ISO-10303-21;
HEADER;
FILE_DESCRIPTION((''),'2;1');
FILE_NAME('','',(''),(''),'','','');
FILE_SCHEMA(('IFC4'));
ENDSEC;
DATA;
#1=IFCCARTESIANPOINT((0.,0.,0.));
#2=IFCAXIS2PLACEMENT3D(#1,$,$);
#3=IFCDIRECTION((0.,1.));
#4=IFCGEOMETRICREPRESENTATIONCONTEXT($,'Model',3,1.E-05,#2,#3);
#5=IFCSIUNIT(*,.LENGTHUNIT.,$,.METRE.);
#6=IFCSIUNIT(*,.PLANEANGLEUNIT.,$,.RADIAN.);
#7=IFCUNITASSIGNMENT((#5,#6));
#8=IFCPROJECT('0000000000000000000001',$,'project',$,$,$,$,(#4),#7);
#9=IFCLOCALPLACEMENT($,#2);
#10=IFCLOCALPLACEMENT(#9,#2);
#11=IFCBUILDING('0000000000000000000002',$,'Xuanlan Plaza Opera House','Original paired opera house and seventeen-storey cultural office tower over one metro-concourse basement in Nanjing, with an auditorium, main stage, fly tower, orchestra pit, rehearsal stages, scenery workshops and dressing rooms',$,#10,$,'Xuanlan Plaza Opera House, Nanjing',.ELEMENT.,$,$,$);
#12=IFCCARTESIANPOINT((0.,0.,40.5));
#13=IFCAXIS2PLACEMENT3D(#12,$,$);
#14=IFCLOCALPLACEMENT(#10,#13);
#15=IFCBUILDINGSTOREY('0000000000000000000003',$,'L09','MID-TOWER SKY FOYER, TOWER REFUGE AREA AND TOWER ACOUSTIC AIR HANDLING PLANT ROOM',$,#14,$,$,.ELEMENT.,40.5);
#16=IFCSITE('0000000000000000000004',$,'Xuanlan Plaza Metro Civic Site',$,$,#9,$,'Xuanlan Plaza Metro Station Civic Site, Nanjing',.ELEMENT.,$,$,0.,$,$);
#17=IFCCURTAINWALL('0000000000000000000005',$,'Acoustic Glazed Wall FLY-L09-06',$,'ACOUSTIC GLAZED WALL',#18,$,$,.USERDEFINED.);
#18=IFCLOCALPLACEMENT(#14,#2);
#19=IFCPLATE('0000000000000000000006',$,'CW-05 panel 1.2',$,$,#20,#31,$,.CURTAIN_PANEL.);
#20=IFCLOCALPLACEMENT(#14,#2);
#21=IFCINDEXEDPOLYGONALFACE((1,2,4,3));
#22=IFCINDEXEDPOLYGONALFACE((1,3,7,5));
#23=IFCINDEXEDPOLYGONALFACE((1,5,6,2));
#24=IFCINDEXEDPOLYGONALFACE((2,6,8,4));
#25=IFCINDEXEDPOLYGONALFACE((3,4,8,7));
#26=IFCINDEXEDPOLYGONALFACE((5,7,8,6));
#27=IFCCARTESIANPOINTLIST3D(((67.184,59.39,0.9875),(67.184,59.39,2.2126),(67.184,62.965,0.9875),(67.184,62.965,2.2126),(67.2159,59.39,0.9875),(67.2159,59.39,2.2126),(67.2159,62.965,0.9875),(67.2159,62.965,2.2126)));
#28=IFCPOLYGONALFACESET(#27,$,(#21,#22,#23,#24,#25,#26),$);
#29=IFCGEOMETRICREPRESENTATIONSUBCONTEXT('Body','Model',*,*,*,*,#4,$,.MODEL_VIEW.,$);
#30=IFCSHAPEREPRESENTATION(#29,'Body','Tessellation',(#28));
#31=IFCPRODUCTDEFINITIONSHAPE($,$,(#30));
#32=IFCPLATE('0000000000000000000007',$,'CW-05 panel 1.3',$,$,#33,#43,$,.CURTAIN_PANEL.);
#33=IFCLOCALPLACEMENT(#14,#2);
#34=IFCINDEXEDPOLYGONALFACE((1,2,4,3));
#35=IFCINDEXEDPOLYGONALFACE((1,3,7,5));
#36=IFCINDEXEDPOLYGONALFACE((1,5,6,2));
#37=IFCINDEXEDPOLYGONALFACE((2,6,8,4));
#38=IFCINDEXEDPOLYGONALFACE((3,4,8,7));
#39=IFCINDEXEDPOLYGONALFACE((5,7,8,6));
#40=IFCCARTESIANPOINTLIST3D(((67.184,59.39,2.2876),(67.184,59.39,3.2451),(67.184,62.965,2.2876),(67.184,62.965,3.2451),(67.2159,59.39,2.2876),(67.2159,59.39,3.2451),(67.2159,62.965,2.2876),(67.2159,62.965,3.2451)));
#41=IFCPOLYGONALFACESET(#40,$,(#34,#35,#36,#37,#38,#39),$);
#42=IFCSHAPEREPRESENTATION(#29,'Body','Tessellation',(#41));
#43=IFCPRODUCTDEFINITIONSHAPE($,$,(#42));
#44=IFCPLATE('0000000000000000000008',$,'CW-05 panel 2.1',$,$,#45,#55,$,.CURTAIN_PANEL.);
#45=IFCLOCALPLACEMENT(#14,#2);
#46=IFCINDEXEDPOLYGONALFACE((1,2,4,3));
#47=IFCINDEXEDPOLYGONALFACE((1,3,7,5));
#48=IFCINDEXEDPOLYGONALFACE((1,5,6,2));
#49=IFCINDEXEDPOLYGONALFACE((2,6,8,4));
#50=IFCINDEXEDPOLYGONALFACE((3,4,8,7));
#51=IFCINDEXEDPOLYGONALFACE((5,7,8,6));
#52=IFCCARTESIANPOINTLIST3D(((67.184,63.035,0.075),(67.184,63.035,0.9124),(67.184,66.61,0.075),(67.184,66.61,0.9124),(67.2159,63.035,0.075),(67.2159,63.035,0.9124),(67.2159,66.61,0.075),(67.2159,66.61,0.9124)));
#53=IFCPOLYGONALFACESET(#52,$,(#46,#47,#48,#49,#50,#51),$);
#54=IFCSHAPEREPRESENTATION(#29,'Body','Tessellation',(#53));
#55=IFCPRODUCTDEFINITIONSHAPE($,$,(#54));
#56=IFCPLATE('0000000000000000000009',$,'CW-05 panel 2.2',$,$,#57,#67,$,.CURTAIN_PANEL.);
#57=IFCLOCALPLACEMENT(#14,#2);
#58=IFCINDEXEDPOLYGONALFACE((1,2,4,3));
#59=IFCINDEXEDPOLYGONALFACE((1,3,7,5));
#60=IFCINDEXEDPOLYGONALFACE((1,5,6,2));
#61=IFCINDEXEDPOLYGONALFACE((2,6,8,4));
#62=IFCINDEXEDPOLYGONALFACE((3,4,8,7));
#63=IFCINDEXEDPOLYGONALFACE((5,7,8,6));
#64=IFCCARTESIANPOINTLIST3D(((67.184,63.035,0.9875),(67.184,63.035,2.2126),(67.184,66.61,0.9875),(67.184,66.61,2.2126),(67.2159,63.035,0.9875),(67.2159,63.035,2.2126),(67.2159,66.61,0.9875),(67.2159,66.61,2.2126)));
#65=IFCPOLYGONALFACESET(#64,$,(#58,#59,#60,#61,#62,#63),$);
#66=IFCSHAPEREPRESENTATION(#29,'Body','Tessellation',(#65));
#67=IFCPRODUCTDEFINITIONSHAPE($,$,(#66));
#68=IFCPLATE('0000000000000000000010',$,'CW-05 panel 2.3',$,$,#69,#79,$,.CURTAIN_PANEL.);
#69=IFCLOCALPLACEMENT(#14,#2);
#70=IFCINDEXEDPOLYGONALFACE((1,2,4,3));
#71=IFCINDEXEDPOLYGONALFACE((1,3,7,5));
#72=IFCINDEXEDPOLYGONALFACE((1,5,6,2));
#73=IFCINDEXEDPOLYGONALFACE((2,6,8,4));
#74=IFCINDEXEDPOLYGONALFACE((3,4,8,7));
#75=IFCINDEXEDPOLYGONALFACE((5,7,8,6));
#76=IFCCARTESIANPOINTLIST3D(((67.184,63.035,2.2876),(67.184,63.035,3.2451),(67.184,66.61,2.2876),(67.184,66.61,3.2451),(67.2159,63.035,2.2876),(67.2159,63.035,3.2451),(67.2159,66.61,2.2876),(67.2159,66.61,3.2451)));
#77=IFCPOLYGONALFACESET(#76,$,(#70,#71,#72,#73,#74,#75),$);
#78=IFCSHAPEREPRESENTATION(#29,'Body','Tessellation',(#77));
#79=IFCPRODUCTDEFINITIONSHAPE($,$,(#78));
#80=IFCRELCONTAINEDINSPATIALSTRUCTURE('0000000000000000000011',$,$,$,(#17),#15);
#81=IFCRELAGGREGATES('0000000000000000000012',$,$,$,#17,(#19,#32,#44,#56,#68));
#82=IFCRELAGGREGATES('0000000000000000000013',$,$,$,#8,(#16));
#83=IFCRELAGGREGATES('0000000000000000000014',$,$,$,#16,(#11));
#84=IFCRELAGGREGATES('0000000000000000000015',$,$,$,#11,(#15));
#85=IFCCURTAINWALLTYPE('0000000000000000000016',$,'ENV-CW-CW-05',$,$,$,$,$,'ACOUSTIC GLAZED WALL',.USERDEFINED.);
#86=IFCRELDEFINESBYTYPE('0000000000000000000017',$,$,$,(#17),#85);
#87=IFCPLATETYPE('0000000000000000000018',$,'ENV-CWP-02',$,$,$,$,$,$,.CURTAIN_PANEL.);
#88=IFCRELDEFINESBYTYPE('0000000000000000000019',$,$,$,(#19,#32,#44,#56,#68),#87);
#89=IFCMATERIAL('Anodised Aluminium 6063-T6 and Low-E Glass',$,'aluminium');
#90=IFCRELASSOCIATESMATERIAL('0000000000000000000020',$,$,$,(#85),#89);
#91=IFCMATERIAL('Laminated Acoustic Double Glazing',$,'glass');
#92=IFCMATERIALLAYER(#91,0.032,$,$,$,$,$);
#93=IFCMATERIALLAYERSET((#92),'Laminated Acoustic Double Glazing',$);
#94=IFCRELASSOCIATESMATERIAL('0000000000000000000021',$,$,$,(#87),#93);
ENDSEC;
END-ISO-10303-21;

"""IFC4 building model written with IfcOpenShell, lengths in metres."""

from ifc_helpers import new_model, si_unit, direction, frame, origin, origin_2d, place, context, subcontext, project, spatial, rectangle, extrude, material, layer, layer_set, type_object, element, aggregate, save


model = new_model("IFC4")

# Units and contexts
model_context = context("Model", 3, precision=1e-05, world=origin(), true_north=direction((0.0, 1.0)))
body_context = subcontext(model_context, "Body", "Model", "MODEL_VIEW")
ifc_project = project(units=[si_unit("LENGTHUNIT", "METRE"), si_unit("PLANEANGLEUNIT", "RADIAN")], contexts=[model_context])

# Site, building, storey
site_placement = place(None, origin())
site = spatial("IfcSite", under=ifc_project, at=site_placement, Name="Xuanlan Plaza Metro Civic Site", LongName="Xuanlan Plaza Metro Station Civic Site, Nanjing", CompositionType="ELEMENT", RefElevation=0.0)
building_placement = place(site_placement, origin())
building = spatial("IfcBuilding", under=site, at=building_placement, Name="Xuanlan Plaza Opera House", Description="Original paired opera house and seventeen-storey cultural office tower over one metro-concourse basement in Nanjing, with an auditorium, main stage, fly tower, orchestra pit, rehearsal stages, scenery workshops and dressing rooms", LongName="Xuanlan Plaza Opera House, Nanjing", CompositionType="ELEMENT")
storey_placement = place(building_placement, frame((0.0, 0.0, 40.5)))
storey = spatial("IfcBuildingStorey", under=building, at=storey_placement, Name="L09", Description="MID-TOWER SKY FOYER, TOWER REFUGE AREA AND TOWER ACOUSTIC AIR HANDLING PLANT ROOM", CompositionType="ELEMENT", Elevation=40.5)

# Shared definitions
ifc_material_1 = material(Name="Anodised Aluminium 6063-T6 and Low-E Glass", Category="aluminium")
curtain_wall_type = type_object("IfcCurtainWallType", Name="ENV-CW-CW-05", ElementType="ACOUSTIC GLAZED WALL", PredefinedType="USERDEFINED", material=ifc_material_1)

# Curtain wall
curtain_wall_1_placement = place(storey_placement, origin())
curtain_wall_1 = element("IfcCurtainWall", 1, at=curtain_wall_1_placement, inside=storey, type_object=curtain_wall_type, Name="Acoustic Glazed Wall FLY-L09-06", ObjectType="ACOUSTIC GLAZED WALL", PredefinedType="USERDEFINED")

# Plates
ifc_material_2 = material(Name="Laminated Acoustic Double Glazing", Category="glass")
ifc_layer = layer(ifc_material_2, 0.032)
ifc_layer_set = layer_set([ifc_layer], Name="Laminated Acoustic Double Glazing")
plate_type = type_object("IfcPlateType", Name="ENV-CWP-02", PredefinedType="CURTAIN_PANEL", material=ifc_layer_set)
plate_1_placement = place(storey_placement, frame((67.2, 61.1775, 0.9875), z_axis=(0.0, 0.0, 1.0), x_axis=(0.0, 1.0, 0.0)))
plate_1 = element("IfcPlate", 2, at=plate_1_placement, type_object=plate_type, Name="CW-05 panel 1.2", PredefinedType="CURTAIN_PANEL", context=body_context, shape_type="SweptSolid", body=[
    extrude(rectangle(XDim=3.575, YDim=0.032, at=origin_2d()), origin(), (0.0, 0.0, 1.0), 1.2251),
])
plate_2_placement = place(storey_placement, frame((67.2, 61.1775, 2.2876), z_axis=(0.0, 0.0, 1.0), x_axis=(0.0, 1.0, 0.0)))
plate_2 = element("IfcPlate", 3, at=plate_2_placement, type_object=plate_type, Name="CW-05 panel 1.3", PredefinedType="CURTAIN_PANEL", context=body_context, shape_type="SweptSolid", body=[
    extrude(rectangle(XDim=3.575, YDim=0.032, at=origin_2d()), origin(), (0.0, 0.0, 1.0), 0.9575),
])
plate_3_placement = place(storey_placement, frame((67.2, 64.8225, 0.075), z_axis=(0.0, 0.0, 1.0), x_axis=(0.0, 1.0, 0.0)))
plate_3 = element("IfcPlate", 4, at=plate_3_placement, type_object=plate_type, Name="CW-05 panel 2.1", PredefinedType="CURTAIN_PANEL", context=body_context, shape_type="SweptSolid", body=[
    extrude(rectangle(XDim=3.575, YDim=0.032, at=origin_2d()), origin(), (0.0, 0.0, 1.0), 0.8374),
])
plate_4_placement = place(storey_placement, frame((67.2, 64.8225, 0.9875), z_axis=(0.0, 0.0, 1.0), x_axis=(0.0, 1.0, 0.0)))
plate_4 = element("IfcPlate", 5, at=plate_4_placement, type_object=plate_type, Name="CW-05 panel 2.2", PredefinedType="CURTAIN_PANEL", context=body_context, shape_type="SweptSolid", body=[
    extrude(rectangle(XDim=3.575, YDim=0.032, at=origin_2d()), origin(), (0.0, 0.0, 1.0), 1.2251),
])
plate_5_placement = place(storey_placement, frame((67.2, 64.8225, 2.2876), z_axis=(0.0, 0.0, 1.0), x_axis=(0.0, 1.0, 0.0)))
plate_5 = element("IfcPlate", 6, at=plate_5_placement, type_object=plate_type, Name="CW-05 panel 2.3", PredefinedType="CURTAIN_PANEL", context=body_context, shape_type="SweptSolid", body=[
    extrude(rectangle(XDim=3.575, YDim=0.032, at=origin_2d()), origin(), (0.0, 0.0, 1.0), 0.9575),
])
aggregate(curtain_wall_1, [plate_1, plate_2, plate_3, plate_4, plate_5])

save(model, "model.ifc")
